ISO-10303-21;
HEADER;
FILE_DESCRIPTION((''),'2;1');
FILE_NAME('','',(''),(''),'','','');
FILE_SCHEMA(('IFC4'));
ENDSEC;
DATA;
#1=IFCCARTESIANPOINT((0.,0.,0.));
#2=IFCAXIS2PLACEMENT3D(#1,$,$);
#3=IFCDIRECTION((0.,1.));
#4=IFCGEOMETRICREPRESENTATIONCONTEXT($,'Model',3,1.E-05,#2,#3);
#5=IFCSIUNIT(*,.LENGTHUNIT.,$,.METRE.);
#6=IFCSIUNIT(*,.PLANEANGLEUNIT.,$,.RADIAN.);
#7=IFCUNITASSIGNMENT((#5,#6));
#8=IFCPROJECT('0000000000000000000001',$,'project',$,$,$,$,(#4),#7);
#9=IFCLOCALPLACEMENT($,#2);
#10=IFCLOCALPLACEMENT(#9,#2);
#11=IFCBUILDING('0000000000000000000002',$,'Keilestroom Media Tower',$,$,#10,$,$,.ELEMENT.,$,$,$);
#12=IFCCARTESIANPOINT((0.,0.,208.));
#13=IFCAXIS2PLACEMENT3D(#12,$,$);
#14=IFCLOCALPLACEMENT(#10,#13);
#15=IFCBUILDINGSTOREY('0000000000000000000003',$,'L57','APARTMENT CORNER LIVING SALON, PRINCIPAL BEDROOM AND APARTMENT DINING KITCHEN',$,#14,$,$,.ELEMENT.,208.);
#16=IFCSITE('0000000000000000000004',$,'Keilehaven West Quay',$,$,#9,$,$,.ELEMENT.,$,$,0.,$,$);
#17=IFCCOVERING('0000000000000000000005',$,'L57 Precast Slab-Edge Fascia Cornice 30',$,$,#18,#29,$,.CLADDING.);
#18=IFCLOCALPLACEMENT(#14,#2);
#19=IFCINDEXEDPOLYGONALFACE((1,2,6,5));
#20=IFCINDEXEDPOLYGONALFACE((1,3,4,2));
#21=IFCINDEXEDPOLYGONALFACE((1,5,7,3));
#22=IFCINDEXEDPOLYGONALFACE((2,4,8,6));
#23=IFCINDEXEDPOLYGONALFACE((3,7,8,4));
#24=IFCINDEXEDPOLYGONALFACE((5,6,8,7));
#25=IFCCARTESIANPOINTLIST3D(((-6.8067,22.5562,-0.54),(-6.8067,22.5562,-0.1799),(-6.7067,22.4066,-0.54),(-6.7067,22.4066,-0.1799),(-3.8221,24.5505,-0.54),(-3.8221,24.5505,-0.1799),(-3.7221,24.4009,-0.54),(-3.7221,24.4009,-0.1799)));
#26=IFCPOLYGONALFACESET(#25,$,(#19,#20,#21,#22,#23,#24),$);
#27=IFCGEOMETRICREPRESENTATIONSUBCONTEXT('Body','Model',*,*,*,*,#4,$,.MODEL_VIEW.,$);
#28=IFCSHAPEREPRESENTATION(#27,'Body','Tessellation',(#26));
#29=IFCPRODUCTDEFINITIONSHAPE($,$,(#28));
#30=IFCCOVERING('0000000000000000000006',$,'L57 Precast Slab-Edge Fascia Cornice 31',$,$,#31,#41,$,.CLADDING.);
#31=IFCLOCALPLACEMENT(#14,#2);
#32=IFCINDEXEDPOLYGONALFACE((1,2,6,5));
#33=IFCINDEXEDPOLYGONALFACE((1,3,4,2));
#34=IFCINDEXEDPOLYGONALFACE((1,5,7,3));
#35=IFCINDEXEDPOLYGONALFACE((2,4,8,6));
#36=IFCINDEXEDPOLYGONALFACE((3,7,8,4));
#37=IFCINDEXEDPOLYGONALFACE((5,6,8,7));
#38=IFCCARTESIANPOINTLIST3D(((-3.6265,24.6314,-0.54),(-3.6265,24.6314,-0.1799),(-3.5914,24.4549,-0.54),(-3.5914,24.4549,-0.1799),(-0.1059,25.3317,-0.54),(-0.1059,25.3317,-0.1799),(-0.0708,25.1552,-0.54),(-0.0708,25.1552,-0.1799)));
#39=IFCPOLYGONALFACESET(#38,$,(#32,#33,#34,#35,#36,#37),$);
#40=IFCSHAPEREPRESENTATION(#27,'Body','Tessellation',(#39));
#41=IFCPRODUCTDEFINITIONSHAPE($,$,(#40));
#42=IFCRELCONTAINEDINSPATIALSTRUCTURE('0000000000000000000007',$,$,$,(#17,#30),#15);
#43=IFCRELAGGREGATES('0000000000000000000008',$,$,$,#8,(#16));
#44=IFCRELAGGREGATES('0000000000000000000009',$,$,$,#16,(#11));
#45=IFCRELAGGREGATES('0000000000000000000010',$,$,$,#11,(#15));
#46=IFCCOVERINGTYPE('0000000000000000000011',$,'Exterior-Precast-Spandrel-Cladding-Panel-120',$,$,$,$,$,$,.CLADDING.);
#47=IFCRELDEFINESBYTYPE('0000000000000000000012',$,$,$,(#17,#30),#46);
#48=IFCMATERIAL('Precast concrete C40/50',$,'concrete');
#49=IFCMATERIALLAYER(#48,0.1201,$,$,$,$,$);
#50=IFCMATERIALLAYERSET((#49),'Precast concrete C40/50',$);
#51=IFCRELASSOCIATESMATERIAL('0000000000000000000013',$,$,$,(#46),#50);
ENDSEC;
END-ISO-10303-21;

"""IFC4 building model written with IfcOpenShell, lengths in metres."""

from ifc_helpers import new_model, si_unit, direction, frame, origin, origin_2d, place, context, subcontext, project, spatial, rectangle, extrude, source, transform, mapped, material, layer, layer_set, type_object, element, save


model = new_model("IFC4")

# Units and contexts
model_context = context("Model", 3, precision=1e-05, world=origin(), true_north=direction((0.0, 1.0)))
body_context = subcontext(model_context, "Body", "Model", "MODEL_VIEW")
ifc_project = project(units=[si_unit("LENGTHUNIT", "METRE"), si_unit("PLANEANGLEUNIT", "RADIAN")], contexts=[model_context])

# Site, building, storey
site_placement = place(None, origin())
site = spatial("IfcSite", under=ifc_project, at=site_placement, Name="Keilehaven West Quay", CompositionType="ELEMENT", RefElevation=0.0)
building_placement = place(site_placement, origin())
building = spatial("IfcBuilding", under=site, at=building_placement, Name="Keilestroom Media Tower", CompositionType="ELEMENT")
storey_placement = place(building_placement, frame((0.0, 0.0, 208.0)))
storey = spatial("IfcBuildingStorey", under=building, at=storey_placement, Name="L57", Description="APARTMENT CORNER LIVING SALON, PRINCIPAL BEDROOM AND APARTMENT DINING KITCHEN", CompositionType="ELEMENT", Elevation=208.0)

# Shared definitions
ifc_material_1 = material(Name="Precast concrete C40/50", Category="concrete")

# Coverings
ifc_layer_1 = layer(ifc_material_1, 0.1201)
ifc_layer_set_1 = layer_set([ifc_layer_1], Name="Precast concrete C40/50")
covering_type = type_object("IfcCoveringType", Name="Exterior-Precast-Spandrel-Cladding-Panel-120", PredefinedType="CLADDING", material=ifc_layer_set_1)
shared_shape_1 = source(origin(), body_context, "Body", "SweptSolid", [
    extrude(rectangle(XDim=3.5896, YDim=0.1799, at=origin_2d()), origin(), (0.0, 0.0, 1.0), 0.3601),
])
for number, where, z_axis, x_axis, name in (
    (1, (-5.2644, 23.4785, -0.54), (0.0, 0.0, 1.0), (0.831467, 0.555575, 0.0), "L57 Precast Slab-Edge Fascia Cornice 30"),
    (2, (-1.8486, 24.8933, -0.54), (0.0, 0.0, 1.0), (0.980784, 0.195099, 0.0), "L57 Precast Slab-Edge Fascia Cornice 31"),
):
    element("IfcCovering", number, at=place(storey_placement, frame(where, z_axis=z_axis, x_axis=x_axis)), inside=storey, type_object=covering_type, Name=name, PredefinedType="CLADDING", context=body_context, shape_type="MappedRepresentation", body=[
        mapped(shared_shape_1, transform((0.0, 0.0, 0.0), x_axis=(1.0, 0.0, 0.0), y_axis=(0.0, 1.0, 0.0), z_axis=(0.0, 0.0, 1.0), scale=1.0)),
    ])

save(model, "model.ifc")
